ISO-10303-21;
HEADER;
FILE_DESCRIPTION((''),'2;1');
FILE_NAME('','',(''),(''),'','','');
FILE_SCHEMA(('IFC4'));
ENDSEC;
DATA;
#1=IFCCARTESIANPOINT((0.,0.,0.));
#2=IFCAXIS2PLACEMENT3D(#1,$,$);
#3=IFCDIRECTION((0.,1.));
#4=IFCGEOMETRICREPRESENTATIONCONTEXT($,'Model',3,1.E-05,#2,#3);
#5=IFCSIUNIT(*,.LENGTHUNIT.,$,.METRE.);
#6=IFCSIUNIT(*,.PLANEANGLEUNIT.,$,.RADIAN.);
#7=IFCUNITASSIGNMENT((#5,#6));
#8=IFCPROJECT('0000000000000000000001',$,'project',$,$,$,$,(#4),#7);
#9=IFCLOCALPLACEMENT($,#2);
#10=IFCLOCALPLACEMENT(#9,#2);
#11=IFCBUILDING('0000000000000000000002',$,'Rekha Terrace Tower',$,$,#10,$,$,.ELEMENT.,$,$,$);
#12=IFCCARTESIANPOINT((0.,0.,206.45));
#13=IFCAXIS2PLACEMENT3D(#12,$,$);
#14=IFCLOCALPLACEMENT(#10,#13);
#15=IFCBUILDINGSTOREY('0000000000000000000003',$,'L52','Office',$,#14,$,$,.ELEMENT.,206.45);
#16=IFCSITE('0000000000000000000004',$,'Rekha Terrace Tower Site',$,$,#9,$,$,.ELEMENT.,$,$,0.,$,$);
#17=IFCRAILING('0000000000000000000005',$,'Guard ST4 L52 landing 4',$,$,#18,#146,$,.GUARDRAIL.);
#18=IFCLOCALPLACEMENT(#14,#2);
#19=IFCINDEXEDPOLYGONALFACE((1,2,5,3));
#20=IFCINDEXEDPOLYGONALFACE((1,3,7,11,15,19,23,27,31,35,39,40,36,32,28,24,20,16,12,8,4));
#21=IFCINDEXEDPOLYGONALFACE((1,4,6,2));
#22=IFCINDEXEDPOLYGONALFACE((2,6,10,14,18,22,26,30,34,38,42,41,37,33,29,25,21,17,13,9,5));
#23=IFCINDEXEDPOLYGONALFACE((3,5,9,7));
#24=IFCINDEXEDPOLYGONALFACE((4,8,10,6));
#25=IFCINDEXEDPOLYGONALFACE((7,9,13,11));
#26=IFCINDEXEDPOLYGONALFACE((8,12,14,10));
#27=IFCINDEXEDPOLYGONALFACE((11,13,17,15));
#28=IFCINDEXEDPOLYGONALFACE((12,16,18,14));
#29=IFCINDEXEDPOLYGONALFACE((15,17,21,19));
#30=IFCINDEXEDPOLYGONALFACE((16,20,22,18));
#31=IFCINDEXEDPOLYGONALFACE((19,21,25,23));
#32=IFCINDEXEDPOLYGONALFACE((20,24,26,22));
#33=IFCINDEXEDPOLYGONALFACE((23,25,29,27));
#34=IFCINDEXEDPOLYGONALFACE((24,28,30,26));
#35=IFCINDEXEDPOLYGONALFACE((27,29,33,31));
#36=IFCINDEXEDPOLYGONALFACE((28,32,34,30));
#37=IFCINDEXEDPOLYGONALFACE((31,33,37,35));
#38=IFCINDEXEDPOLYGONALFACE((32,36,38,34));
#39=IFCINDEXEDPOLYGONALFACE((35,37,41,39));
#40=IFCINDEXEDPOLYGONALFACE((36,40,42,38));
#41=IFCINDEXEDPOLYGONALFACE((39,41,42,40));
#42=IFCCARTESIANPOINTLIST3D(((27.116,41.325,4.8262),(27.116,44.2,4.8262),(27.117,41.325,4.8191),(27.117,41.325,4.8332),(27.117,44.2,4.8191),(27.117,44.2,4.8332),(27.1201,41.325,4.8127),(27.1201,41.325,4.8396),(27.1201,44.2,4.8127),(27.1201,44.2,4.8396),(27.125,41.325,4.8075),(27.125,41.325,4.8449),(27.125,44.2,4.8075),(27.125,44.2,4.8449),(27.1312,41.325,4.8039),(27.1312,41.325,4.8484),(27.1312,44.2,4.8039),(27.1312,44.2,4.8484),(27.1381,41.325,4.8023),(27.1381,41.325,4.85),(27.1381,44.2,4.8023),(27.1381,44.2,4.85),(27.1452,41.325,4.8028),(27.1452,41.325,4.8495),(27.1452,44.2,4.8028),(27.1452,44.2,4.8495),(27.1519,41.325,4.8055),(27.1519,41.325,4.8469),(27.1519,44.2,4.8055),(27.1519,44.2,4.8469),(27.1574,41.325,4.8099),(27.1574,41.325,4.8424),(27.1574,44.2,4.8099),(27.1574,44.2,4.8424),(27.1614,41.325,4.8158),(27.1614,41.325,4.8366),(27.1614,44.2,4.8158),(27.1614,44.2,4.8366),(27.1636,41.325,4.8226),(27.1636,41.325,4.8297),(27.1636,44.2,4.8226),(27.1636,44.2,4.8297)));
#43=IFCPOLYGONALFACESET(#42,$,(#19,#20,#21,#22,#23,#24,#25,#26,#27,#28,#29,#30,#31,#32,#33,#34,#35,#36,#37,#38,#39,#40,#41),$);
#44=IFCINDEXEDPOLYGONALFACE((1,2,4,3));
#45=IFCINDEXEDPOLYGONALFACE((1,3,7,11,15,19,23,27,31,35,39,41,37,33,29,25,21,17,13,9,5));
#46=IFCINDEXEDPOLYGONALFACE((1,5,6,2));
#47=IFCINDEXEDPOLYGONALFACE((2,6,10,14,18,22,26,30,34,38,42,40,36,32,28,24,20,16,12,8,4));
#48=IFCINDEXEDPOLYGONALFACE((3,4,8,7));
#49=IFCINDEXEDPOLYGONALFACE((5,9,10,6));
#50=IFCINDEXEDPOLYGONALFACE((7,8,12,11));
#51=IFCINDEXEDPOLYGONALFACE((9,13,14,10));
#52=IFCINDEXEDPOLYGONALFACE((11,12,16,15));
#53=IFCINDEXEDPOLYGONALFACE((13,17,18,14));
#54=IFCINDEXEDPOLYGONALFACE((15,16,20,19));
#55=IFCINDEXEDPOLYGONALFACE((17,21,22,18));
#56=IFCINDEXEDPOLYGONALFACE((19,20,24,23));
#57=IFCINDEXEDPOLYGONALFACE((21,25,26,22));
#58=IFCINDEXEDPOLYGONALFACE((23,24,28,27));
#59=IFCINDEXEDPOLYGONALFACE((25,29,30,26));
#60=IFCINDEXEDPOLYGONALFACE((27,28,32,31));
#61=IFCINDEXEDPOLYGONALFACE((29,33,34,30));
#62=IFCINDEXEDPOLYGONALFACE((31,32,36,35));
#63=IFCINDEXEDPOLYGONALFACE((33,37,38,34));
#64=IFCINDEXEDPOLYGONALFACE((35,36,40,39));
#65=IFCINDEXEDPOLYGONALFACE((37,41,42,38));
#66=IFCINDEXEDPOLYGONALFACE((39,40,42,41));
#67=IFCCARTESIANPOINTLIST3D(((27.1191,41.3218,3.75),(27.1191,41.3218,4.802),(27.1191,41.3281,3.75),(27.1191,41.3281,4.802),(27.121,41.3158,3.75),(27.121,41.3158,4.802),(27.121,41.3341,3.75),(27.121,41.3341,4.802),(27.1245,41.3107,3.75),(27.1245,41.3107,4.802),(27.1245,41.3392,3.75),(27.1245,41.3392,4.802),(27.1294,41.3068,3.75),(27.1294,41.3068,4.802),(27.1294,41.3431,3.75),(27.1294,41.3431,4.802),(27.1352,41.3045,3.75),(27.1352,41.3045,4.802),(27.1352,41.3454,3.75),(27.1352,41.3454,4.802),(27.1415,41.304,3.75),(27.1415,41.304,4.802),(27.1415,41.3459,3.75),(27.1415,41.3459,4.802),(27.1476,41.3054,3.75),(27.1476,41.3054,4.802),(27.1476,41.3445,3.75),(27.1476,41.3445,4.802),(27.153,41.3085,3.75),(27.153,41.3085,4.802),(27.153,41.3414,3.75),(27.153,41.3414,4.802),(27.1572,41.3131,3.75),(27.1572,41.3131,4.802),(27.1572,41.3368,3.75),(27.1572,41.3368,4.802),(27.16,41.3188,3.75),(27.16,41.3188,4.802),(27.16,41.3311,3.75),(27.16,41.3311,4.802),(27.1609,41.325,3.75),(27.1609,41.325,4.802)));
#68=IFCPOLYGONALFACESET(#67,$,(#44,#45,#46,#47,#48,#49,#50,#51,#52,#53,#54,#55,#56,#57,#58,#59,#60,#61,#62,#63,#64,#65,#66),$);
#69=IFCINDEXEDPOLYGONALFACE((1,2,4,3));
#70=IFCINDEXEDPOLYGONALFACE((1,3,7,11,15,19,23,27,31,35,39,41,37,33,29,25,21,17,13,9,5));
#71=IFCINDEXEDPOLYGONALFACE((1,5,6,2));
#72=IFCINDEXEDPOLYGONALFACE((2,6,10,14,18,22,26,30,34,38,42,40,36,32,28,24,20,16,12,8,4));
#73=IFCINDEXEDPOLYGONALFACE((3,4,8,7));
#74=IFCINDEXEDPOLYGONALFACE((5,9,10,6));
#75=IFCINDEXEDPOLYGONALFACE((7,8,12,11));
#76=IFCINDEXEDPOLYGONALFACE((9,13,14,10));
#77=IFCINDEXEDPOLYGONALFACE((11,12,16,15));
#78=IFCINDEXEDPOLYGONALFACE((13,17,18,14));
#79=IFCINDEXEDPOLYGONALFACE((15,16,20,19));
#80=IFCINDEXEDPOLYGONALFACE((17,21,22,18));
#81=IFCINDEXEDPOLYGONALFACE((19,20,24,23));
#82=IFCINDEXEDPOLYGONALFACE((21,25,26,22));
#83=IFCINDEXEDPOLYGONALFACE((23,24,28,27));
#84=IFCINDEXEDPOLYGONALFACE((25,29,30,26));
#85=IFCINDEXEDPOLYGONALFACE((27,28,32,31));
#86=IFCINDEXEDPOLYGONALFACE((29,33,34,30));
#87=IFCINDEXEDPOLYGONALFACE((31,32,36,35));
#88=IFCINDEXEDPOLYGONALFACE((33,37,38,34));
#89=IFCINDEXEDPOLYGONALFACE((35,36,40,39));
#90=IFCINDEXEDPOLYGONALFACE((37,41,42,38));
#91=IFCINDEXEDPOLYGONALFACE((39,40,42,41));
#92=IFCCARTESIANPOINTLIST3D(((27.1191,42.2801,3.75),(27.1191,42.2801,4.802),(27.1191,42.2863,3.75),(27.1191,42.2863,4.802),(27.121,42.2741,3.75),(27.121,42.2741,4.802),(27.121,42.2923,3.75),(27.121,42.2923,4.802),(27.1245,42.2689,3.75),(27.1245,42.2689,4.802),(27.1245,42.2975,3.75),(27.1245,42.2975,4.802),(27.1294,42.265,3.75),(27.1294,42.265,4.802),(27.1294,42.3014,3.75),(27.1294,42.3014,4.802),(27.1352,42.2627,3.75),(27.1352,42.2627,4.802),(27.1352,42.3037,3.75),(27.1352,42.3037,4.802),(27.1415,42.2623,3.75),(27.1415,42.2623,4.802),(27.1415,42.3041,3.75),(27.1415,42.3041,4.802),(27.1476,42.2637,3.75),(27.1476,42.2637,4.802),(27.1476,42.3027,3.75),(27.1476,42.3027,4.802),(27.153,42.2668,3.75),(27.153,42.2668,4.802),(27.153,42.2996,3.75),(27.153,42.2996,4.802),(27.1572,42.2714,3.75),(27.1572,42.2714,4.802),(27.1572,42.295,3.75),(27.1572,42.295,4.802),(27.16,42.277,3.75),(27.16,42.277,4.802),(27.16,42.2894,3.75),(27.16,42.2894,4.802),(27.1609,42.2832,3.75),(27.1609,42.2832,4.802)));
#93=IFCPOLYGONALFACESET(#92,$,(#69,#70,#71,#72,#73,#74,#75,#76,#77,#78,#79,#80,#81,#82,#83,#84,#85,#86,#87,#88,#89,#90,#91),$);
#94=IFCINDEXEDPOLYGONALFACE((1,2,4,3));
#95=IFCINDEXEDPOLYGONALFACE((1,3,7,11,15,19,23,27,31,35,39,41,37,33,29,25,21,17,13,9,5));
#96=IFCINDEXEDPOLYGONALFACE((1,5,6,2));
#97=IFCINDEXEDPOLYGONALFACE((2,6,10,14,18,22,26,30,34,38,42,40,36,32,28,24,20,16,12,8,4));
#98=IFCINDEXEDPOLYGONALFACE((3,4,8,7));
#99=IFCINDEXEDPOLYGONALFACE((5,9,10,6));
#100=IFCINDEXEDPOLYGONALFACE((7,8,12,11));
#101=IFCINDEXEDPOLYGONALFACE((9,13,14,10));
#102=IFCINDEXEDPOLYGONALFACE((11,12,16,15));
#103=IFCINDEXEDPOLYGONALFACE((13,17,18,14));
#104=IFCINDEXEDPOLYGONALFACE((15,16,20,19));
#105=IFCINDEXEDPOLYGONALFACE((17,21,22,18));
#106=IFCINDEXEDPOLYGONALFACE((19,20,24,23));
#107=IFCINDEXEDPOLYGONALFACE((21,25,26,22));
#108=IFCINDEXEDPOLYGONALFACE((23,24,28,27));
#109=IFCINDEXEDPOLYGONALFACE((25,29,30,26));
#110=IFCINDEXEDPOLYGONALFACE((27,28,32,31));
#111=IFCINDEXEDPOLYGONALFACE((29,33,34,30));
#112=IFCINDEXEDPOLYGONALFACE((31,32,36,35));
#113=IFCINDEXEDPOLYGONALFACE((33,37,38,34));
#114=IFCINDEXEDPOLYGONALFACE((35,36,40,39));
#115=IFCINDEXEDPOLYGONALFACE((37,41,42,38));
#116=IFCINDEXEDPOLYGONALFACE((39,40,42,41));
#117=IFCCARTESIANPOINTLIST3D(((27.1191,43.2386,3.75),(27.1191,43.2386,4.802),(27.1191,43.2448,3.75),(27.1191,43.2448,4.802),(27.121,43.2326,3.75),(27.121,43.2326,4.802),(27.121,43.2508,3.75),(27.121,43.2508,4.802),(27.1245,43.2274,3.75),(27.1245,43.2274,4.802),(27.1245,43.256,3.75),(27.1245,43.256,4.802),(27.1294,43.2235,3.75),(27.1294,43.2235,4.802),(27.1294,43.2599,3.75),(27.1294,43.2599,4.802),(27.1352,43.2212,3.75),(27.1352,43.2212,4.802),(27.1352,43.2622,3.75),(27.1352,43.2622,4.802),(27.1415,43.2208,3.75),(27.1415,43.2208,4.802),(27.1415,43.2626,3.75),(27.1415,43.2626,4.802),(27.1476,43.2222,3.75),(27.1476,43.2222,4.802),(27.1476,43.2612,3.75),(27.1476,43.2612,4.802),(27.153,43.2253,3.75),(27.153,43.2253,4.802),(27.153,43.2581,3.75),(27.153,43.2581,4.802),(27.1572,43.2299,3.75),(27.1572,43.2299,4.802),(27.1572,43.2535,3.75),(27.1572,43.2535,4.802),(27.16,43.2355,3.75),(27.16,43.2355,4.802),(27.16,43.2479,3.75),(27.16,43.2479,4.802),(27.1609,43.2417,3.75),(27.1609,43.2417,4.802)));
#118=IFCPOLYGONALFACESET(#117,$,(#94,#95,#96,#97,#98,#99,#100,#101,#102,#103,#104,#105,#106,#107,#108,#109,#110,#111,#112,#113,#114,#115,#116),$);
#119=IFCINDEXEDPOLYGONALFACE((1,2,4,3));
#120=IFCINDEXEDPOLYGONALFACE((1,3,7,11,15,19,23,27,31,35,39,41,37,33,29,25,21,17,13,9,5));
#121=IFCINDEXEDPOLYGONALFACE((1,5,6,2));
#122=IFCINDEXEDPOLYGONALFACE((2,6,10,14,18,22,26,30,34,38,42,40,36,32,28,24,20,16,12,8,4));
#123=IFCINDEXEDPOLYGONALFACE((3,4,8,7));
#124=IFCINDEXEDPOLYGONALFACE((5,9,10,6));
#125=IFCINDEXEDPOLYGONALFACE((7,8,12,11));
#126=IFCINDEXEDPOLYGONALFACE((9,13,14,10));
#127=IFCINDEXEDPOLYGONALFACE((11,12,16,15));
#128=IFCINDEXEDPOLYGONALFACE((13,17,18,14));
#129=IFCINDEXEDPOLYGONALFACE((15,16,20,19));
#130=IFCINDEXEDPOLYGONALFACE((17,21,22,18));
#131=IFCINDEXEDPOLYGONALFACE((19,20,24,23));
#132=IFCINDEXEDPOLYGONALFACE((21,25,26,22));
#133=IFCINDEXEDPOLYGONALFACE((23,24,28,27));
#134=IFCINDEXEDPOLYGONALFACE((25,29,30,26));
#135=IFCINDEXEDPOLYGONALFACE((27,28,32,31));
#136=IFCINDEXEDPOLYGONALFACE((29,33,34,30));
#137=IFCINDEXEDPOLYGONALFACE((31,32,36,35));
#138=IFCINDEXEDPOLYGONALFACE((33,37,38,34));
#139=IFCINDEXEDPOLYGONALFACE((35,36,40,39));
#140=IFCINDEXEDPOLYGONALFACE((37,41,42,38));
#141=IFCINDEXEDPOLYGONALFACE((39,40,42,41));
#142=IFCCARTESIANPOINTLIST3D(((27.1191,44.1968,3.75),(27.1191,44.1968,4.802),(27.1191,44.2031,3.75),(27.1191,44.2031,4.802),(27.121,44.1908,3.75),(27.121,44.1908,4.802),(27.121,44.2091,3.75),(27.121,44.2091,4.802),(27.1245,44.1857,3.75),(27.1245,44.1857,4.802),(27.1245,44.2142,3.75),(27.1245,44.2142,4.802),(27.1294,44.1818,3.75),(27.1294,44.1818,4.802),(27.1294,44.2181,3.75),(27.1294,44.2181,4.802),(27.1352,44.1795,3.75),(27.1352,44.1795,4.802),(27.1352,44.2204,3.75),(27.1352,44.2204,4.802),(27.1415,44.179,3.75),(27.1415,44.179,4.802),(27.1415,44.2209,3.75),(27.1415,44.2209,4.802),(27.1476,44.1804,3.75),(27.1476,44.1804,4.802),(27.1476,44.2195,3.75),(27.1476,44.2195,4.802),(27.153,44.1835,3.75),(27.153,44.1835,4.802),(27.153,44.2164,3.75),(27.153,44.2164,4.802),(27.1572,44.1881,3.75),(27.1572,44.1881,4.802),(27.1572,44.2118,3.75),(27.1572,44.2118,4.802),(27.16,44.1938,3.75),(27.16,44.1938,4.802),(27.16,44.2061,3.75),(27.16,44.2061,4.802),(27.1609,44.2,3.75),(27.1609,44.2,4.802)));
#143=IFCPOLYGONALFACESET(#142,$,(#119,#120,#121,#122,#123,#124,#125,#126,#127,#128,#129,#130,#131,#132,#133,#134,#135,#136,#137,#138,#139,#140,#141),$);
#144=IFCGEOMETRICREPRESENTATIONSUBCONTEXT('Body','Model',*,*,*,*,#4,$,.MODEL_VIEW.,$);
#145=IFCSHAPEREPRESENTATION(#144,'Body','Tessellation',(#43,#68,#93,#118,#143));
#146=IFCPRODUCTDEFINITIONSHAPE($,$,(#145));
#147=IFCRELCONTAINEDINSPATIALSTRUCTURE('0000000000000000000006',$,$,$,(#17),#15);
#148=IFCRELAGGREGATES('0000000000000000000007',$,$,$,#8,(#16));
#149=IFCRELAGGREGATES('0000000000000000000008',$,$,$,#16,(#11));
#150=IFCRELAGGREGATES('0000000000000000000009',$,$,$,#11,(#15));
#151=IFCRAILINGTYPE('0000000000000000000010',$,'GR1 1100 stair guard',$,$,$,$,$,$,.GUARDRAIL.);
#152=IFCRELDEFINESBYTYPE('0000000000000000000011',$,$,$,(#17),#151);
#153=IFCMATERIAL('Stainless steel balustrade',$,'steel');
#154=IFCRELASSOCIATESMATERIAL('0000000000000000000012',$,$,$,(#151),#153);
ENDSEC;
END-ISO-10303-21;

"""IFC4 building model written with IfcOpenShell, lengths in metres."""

from ifc_helpers import new_model, si_unit, direction, frame, origin, origin_2d, place, context, subcontext, project, spatial, circle, extrude, material, type_object, element, save


model = new_model("IFC4")

# Units and contexts
model_context = context("Model", 3, precision=1e-05, world=origin(), true_north=direction((0.0, 1.0)))
body_context = subcontext(model_context, "Body", "Model", "MODEL_VIEW")
ifc_project = project(units=[si_unit("LENGTHUNIT", "METRE"), si_unit("PLANEANGLEUNIT", "RADIAN")], contexts=[model_context])

# Site, building, storey
site_placement = place(None, origin())
site = spatial("IfcSite", under=ifc_project, at=site_placement, Name="Rekha Terrace Tower Site", CompositionType="ELEMENT", RefElevation=0.0)
building_placement = place(site_placement, origin())
building = spatial("IfcBuilding", under=site, at=building_placement, Name="Rekha Terrace Tower", CompositionType="ELEMENT")
storey_placement = place(building_placement, frame((0.0, 0.0, 206.45)))
storey = spatial("IfcBuildingStorey", under=building, at=storey_placement, Name="L52", Description="Office", CompositionType="ELEMENT", Elevation=206.45)

# Railing
ifc_material_1 = material(Name="Stainless steel balustrade", Category="steel")
railing_type_1 = type_object("IfcRailingType", Name="GR1 1100 stair guard", PredefinedType="GUARDRAIL", material=ifc_material_1)
railing_1_placement = place(storey_placement, frame((27.1399, 41.325, 3.75)))
element("IfcRailing", 1, at=railing_1_placement, inside=storey, type_object=railing_type_1, Name="Guard ST4 L52 landing 4", PredefinedType="GUARDRAIL", context=body_context, shape_type="SweptSolid", body=[
    extrude(circle(Radius=0.0239, at=origin_2d()), frame((0.0, 0.0, 1.0762), z_axis=(0.0, 1.0, 0.0), x_axis=(-1.0, 0.0, 0.0)), (0.0, 0.0, 1.0), 2.875),
    extrude(circle(Radius=0.021, at=origin_2d()), origin(), (0.0, 0.0, 1.0), 1.052),
    extrude(circle(Radius=0.021, at=origin_2d()), frame((0.0, 0.9583, 0.0)), (0.0, 0.0, 1.0), 1.052),
    extrude(circle(Radius=0.021, at=origin_2d()), frame((0.0, 1.9167, 0.0)), (0.0, 0.0, 1.0), 1.052),
    extrude(circle(Radius=0.021, at=origin_2d()), frame((0.0, 2.875, 0.0)), (0.0, 0.0, 1.0), 1.052),
])

save(model, "model.ifc")
